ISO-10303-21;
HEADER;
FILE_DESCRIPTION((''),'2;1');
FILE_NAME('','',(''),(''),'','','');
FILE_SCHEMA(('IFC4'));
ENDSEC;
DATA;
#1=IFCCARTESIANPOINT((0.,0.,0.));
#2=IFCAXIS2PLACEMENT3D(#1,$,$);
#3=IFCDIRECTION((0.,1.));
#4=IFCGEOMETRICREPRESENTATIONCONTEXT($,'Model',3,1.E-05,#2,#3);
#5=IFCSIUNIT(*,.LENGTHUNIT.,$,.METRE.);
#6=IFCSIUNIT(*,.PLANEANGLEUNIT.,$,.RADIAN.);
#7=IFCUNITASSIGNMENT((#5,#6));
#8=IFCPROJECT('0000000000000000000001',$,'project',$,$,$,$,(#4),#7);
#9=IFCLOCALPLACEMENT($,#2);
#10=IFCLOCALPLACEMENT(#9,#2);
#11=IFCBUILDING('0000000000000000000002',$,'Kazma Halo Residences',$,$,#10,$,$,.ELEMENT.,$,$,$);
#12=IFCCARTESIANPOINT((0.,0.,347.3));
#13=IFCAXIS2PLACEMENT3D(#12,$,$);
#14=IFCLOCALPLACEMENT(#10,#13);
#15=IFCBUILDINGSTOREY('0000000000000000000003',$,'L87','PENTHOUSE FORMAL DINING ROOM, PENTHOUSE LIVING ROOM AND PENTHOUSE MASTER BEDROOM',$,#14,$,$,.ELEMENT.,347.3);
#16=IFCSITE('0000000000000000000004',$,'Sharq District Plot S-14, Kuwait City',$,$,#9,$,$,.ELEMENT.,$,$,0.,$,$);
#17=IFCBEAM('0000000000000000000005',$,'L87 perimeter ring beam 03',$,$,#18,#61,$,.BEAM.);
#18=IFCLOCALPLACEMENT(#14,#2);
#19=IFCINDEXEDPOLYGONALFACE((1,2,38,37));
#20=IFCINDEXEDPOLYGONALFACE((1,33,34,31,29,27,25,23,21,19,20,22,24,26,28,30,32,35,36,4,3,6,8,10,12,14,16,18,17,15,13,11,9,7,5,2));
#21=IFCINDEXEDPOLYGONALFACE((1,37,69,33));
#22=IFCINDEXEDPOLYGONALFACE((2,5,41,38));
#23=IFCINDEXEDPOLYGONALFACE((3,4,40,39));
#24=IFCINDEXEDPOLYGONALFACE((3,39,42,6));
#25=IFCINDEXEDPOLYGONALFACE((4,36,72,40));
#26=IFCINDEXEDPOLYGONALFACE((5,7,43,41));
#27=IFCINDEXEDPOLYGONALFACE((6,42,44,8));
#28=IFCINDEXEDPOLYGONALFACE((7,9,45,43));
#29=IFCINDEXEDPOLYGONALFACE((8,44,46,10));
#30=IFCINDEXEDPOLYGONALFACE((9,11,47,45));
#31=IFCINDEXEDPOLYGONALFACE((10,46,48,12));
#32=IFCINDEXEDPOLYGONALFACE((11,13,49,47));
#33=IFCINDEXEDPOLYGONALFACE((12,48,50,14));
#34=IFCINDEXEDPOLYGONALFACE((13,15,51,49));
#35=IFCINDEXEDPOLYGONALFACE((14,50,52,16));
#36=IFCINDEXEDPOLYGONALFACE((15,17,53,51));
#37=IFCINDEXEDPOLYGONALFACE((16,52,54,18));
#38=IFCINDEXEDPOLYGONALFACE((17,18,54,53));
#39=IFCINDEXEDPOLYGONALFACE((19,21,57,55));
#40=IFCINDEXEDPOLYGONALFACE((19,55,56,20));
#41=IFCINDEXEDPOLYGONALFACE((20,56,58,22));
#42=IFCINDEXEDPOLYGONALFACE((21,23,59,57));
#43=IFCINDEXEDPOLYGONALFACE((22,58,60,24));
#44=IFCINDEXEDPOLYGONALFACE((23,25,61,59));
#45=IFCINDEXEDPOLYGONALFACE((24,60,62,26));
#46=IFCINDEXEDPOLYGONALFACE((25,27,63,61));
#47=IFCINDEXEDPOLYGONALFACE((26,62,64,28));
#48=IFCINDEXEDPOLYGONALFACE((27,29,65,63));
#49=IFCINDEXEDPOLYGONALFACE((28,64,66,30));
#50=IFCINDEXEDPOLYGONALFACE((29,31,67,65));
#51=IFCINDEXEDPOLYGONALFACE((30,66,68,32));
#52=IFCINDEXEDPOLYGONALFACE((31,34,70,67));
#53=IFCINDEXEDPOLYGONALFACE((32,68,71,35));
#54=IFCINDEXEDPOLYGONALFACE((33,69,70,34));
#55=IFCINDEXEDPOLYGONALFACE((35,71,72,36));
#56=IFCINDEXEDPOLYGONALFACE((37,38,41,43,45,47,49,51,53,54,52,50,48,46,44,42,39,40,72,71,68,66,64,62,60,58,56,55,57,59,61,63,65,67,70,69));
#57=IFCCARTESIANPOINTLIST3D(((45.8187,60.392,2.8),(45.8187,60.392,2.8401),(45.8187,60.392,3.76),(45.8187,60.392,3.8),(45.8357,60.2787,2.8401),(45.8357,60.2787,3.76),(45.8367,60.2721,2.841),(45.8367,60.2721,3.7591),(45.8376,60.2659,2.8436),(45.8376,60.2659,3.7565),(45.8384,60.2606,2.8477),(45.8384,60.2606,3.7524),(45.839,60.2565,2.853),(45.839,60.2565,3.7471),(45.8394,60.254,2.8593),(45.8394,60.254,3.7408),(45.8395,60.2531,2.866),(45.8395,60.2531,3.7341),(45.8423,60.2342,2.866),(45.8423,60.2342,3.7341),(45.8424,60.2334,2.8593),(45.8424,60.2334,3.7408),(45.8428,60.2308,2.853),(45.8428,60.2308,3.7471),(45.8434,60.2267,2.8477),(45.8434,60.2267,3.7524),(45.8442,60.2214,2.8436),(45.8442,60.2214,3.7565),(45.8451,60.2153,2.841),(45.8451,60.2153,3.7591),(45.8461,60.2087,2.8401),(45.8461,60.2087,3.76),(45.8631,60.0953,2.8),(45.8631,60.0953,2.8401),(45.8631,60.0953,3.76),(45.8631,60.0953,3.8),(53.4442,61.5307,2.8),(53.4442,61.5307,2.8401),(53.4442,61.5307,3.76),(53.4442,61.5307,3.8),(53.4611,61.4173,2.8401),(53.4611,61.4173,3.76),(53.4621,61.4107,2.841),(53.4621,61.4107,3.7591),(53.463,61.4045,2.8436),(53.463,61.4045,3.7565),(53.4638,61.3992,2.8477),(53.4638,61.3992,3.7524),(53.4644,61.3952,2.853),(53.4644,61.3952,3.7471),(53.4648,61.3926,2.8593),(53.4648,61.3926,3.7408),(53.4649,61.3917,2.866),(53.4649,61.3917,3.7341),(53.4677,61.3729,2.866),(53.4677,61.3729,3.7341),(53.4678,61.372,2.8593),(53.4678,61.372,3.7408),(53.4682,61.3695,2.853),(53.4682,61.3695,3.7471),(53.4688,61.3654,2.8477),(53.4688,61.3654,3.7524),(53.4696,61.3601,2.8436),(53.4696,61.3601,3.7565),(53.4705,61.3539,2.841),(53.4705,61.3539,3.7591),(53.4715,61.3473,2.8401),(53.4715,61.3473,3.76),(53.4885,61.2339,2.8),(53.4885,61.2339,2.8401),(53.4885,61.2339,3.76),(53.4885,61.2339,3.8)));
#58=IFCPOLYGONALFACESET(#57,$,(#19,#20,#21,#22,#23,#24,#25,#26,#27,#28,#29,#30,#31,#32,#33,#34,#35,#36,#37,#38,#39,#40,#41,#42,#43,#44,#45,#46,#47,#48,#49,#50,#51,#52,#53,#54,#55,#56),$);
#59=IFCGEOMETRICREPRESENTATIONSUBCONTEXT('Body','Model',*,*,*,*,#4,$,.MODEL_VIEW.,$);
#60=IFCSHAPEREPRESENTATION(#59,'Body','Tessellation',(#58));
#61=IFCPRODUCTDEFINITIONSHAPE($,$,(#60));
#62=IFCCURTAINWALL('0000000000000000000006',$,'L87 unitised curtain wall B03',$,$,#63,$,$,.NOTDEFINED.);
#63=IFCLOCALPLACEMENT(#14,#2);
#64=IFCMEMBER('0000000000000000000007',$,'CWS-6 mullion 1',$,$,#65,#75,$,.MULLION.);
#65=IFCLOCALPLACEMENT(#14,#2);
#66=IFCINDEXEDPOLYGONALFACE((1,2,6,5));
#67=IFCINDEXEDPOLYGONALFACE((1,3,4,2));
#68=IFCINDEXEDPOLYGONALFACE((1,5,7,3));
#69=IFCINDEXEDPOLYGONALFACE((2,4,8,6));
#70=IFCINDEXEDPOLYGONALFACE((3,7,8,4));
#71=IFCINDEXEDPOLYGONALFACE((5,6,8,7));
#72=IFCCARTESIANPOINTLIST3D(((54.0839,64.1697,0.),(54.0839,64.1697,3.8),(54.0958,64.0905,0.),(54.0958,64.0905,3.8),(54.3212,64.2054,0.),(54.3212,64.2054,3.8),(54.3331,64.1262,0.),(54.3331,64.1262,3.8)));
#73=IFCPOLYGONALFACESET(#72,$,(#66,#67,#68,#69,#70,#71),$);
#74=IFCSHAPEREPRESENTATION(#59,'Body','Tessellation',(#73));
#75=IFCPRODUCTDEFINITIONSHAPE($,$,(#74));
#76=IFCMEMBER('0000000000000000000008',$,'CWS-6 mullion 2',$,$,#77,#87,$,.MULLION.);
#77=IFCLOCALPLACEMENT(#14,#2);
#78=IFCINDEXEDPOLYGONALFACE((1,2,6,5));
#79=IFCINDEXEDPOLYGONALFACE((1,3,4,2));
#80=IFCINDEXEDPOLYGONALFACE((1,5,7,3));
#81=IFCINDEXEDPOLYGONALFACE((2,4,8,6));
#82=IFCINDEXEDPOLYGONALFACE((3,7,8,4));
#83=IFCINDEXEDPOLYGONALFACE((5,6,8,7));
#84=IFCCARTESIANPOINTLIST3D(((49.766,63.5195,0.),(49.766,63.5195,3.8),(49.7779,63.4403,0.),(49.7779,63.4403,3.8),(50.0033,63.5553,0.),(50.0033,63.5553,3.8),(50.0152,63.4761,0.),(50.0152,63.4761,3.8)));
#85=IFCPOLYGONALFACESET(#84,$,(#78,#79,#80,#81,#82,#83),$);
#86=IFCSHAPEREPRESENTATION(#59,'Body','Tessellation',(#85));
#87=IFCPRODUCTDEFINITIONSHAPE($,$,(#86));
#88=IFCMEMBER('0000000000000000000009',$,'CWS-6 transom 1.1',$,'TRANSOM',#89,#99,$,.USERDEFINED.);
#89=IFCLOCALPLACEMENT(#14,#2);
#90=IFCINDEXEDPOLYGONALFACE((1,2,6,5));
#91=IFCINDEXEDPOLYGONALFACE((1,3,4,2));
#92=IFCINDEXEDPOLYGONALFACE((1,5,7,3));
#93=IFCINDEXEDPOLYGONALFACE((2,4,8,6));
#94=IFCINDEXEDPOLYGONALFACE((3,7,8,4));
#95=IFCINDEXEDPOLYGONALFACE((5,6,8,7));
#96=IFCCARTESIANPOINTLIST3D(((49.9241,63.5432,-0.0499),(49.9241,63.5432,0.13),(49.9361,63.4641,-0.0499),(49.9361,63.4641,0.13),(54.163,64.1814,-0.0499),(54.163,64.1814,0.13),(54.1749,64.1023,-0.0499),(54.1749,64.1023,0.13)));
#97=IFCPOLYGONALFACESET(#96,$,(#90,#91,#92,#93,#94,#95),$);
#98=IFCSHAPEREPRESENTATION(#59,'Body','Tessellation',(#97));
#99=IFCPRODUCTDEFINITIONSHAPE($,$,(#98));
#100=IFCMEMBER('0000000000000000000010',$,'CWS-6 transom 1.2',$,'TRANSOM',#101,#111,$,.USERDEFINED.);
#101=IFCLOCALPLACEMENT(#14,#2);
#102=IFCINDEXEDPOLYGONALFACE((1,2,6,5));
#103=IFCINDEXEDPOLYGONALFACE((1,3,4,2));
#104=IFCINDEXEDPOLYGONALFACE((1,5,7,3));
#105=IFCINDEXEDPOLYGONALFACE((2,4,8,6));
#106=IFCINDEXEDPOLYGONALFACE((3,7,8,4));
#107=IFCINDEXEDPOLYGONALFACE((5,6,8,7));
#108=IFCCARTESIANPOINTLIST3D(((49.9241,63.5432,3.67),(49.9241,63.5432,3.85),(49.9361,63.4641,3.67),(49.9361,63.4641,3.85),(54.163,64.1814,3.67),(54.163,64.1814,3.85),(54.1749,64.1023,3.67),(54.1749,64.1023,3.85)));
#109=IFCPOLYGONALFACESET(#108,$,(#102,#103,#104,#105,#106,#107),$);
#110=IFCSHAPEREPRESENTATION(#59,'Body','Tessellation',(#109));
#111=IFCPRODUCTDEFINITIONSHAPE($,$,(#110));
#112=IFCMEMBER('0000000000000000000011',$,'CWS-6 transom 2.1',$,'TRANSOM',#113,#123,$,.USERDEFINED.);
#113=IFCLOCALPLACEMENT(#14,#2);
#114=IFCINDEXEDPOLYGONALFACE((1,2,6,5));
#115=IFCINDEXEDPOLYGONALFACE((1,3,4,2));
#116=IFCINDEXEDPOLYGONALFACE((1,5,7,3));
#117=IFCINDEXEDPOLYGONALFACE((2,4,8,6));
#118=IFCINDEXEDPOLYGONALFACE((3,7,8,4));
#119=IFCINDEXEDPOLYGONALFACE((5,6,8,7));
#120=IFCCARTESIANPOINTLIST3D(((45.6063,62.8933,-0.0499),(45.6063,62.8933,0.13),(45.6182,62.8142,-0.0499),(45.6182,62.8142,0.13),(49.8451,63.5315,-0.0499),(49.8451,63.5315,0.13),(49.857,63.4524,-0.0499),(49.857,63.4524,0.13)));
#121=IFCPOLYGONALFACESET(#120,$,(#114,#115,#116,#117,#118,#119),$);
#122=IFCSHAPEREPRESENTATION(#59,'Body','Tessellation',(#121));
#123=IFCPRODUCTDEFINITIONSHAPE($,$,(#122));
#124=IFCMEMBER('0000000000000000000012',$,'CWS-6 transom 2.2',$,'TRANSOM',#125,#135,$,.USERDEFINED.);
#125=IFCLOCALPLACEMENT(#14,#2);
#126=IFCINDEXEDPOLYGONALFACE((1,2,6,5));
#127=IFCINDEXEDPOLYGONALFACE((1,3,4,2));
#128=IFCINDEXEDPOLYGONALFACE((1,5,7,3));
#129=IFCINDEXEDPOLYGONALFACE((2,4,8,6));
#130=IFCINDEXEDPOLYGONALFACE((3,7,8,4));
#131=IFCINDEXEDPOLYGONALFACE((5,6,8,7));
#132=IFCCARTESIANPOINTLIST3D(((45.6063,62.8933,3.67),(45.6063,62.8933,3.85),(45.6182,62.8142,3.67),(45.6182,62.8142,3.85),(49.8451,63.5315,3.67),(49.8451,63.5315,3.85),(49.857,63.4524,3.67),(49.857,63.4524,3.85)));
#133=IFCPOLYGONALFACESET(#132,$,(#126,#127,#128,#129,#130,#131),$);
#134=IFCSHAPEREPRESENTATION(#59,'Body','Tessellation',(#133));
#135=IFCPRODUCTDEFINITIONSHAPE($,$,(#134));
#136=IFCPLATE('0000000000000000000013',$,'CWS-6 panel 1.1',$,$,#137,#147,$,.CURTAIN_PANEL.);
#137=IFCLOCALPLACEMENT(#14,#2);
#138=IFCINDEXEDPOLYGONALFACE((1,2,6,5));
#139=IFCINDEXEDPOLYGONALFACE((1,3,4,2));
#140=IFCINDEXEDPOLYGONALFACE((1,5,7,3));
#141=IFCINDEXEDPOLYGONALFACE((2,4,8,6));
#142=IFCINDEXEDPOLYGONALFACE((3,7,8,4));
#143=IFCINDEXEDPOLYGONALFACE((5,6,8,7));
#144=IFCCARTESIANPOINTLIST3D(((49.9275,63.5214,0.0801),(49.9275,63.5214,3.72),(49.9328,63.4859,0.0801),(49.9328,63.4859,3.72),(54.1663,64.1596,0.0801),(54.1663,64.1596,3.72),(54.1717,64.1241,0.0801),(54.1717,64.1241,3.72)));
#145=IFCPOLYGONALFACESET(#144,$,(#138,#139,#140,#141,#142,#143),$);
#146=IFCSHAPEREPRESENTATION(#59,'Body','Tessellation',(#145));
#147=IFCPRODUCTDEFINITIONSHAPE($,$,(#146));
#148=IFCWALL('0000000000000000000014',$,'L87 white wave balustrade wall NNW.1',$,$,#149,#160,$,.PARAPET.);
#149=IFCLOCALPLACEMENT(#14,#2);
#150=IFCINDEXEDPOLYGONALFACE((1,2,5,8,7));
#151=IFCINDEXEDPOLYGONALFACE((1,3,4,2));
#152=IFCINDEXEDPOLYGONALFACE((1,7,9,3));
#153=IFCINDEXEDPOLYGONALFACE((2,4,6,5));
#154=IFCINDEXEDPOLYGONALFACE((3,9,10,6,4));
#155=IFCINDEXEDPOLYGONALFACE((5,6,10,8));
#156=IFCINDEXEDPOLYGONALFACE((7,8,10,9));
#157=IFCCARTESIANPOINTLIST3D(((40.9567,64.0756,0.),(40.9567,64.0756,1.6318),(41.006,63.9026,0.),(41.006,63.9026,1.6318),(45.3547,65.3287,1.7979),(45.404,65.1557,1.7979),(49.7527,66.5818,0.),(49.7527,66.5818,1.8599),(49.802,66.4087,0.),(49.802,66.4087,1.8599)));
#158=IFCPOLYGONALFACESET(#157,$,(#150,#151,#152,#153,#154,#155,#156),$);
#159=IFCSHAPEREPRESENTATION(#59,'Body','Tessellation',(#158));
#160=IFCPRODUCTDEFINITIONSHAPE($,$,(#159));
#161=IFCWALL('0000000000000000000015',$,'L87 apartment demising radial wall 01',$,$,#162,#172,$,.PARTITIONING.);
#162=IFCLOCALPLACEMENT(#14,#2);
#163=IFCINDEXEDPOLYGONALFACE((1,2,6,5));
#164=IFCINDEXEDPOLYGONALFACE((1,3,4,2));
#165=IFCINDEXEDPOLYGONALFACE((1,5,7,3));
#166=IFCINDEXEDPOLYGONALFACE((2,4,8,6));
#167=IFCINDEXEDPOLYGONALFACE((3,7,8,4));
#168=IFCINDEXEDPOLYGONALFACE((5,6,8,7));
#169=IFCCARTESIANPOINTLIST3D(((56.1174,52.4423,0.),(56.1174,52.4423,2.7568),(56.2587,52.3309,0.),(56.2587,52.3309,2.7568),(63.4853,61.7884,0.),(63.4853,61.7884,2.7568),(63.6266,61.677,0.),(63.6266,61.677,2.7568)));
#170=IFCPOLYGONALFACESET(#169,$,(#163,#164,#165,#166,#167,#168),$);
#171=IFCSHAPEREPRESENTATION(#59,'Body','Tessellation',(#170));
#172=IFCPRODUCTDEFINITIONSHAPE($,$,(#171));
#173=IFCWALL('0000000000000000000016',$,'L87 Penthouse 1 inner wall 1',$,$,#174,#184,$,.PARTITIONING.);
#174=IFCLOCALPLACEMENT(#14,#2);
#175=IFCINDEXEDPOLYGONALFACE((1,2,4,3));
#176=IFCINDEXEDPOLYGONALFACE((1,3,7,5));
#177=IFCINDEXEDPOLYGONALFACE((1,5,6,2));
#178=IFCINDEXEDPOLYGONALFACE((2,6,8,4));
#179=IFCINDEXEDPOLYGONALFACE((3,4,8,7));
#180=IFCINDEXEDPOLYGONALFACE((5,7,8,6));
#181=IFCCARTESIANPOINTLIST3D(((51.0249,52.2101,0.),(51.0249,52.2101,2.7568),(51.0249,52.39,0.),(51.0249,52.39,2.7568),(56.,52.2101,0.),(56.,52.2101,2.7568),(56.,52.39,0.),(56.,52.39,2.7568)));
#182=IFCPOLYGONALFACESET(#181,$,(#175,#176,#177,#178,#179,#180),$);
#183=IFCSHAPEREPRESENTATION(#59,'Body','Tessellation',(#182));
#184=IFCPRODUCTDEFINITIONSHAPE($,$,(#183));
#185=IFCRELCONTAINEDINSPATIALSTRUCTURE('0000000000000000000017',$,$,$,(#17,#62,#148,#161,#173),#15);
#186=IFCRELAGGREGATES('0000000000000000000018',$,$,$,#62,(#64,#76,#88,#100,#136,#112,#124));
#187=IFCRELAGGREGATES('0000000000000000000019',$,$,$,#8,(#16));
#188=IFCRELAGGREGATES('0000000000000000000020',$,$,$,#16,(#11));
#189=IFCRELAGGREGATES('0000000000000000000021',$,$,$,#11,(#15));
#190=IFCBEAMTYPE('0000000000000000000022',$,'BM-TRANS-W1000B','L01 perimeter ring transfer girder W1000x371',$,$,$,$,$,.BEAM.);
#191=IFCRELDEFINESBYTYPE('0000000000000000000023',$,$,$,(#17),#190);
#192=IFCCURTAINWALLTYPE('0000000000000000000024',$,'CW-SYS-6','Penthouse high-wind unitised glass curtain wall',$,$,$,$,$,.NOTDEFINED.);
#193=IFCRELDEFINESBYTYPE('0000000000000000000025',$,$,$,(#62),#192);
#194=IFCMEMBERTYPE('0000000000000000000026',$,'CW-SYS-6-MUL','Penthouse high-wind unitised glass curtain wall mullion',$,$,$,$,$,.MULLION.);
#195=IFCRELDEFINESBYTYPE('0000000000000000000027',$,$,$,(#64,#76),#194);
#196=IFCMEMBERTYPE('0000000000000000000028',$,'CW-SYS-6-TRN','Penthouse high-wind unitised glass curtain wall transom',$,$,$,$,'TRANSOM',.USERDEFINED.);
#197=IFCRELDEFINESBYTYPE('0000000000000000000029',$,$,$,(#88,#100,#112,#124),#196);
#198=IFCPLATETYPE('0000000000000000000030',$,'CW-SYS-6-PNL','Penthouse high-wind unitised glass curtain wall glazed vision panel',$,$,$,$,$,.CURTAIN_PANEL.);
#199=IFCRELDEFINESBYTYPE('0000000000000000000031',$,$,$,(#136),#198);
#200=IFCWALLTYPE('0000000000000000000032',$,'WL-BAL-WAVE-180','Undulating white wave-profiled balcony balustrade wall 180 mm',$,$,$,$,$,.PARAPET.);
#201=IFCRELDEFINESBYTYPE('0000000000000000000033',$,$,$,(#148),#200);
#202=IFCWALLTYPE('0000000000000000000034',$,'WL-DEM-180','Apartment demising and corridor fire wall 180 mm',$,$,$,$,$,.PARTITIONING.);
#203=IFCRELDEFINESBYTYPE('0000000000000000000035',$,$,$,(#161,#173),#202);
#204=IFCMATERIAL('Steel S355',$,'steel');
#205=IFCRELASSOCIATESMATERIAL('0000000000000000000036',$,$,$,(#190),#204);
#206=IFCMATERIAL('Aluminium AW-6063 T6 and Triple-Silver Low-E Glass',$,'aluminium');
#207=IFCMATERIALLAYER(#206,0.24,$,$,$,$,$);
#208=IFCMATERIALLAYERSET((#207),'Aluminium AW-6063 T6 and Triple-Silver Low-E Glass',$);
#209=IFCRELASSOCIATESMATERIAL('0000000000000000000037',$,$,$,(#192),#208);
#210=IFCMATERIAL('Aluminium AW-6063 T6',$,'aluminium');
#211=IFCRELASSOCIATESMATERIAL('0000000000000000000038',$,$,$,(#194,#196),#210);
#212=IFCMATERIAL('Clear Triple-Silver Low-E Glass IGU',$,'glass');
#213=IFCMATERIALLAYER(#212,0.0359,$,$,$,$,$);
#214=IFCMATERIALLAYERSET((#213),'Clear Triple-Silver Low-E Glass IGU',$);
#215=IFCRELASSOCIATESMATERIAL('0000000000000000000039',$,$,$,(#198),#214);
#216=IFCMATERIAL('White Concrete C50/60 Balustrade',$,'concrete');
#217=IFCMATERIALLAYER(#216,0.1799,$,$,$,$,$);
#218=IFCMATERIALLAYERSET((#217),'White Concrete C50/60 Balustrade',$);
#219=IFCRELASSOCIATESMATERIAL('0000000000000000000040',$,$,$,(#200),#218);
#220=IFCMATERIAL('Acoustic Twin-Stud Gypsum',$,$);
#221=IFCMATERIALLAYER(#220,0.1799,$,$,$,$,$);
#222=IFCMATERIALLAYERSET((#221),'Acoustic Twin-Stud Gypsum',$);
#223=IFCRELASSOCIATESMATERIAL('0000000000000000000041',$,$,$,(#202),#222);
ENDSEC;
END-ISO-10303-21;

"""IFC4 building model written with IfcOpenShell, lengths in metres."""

from ifc_helpers import new_model, si_unit, direction, frame, frame_2d, origin, origin_2d, place, context, subcontext, project, spatial, polyline, rectangle, i_section, outline, extrude, material, layer, layer_set, material_profile, profile_set, type_object, element, aggregate, save


model = new_model("IFC4")

# Units and contexts
model_context = context("Model", 3, precision=1e-05, world=origin(), true_north=direction((0.0, 1.0)))
body_context = subcontext(model_context, "Body", "Model", "MODEL_VIEW")
ifc_project = project(units=[si_unit("LENGTHUNIT", "METRE"), si_unit("PLANEANGLEUNIT", "RADIAN")], contexts=[model_context])

# Site, building, storey
site_placement = place(None, origin())
site = spatial("IfcSite", under=ifc_project, at=site_placement, Name="Sharq District Plot S-14, Kuwait City", CompositionType="ELEMENT", RefElevation=0.0)
building_placement = place(site_placement, origin())
building = spatial("IfcBuilding", under=site, at=building_placement, Name="Kazma Halo Residences", CompositionType="ELEMENT")
storey_placement = place(building_placement, frame((0.0, 0.0, 347.3)))
storey = spatial("IfcBuildingStorey", under=building, at=storey_placement, Name="L87", Description="PENTHOUSE FORMAL DINING ROOM, PENTHOUSE LIVING ROOM AND PENTHOUSE MASTER BEDROOM", CompositionType="ELEMENT", Elevation=347.3)

# Beam
ifc_material_1 = material(Name="Steel S355", Category="steel")
ifc_material_profile_1 = material_profile(ifc_material_1, i_section(OverallWidth=0.3, OverallDepth=1.0, WebThickness=0.019, FlangeThickness=0.04, FilletRadius=0.0259, at=origin_2d()), Name="W1000x371")
ifc_profile_set_1 = profile_set([ifc_material_profile_1], Name="Steel S355")
beam_type_1 = type_object("IfcBeamType", Name="BM-TRANS-W1000B", Description="L01 perimeter ring transfer girder W1000x371", PredefinedType="BEAM", material=ifc_profile_set_1)
beam_1_placement = place(storey_placement, frame((53.4663, 61.3823, 3.3), z_axis=(-0.989034, -0.147687, 0.0), x_axis=(0.147687, -0.989034, 0.0)))
element("IfcBeam", 1, at=beam_1_placement, inside=storey, type_object=beam_type_1, Name="L87 perimeter ring beam 03", PredefinedType="BEAM", context=body_context, shape_type="SweptSolid", body=[
    extrude(i_section(OverallWidth=0.3, OverallDepth=1.0, WebThickness=0.019, FlangeThickness=0.04, FilletRadius=0.0259, at=origin_2d()), origin(), (0.0, 0.0, 1.0), 7.71),
])

# Curtain wall, members, plate
ifc_material_2 = material(Name="Aluminium AW-6063 T6 and Triple-Silver Low-E Glass", Category="aluminium")
ifc_layer_1 = layer(ifc_material_2, 0.24)
ifc_layer_set_1 = layer_set([ifc_layer_1], Name="Aluminium AW-6063 T6 and Triple-Silver Low-E Glass")
curtain_wall_type = type_object("IfcCurtainWallType", Name="CW-SYS-6", Description="Penthouse high-wind unitised glass curtain wall", PredefinedType="NOTDEFINED", material=ifc_layer_set_1)
curtain_wall_placement = place(storey_placement, origin())
curtain_wall = element("IfcCurtainWall", 2, at=curtain_wall_placement, inside=storey, type_object=curtain_wall_type, Name="L87 unitised curtain wall B03", PredefinedType="NOTDEFINED")
ifc_material_3 = material(Name="Aluminium AW-6063 T6", Category="aluminium")
ifc_material_profile_2 = material_profile(ifc_material_3, rectangle(XDim=0.0801, YDim=0.24, at=origin_2d()), Name="CWM-80x240")
ifc_profile_set_2 = profile_set([ifc_material_profile_2], Name="Aluminium AW-6063 T6")
member_type_1 = type_object("IfcMemberType", Name="CW-SYS-6-MUL", Description="Penthouse high-wind unitised glass curtain wall mullion", PredefinedType="MULLION", material=ifc_profile_set_2)
member_1_placement = place(storey_placement, frame((54.2085, 64.1479, 0.0), z_axis=(0.0, 0.0, 1.0), x_axis=(0.148871, -0.988857, 0.0)))
member_1 = element("IfcMember", 3, at=member_1_placement, type_object=member_type_1, Name="CWS-6 mullion 1", PredefinedType="MULLION", context=body_context, shape_type="SweptSolid", body=[
    extrude(rectangle(XDim=0.0801, YDim=0.24, at=origin_2d()), origin(), (0.0, 0.0, 1.0), 3.8),
])
member_2_placement = place(storey_placement, frame((49.8906, 63.4978, 0.0), z_axis=(0.0, 0.0, 1.0), x_axis=(0.148871, -0.988857, 0.0)))
member_2 = element("IfcMember", 4, at=member_2_placement, type_object=member_type_1, Name="CWS-6 mullion 2", PredefinedType="MULLION", context=body_context, shape_type="SweptSolid", body=[
    extrude(rectangle(XDim=0.0801, YDim=0.24, at=origin_2d()), origin(), (0.0, 0.0, 1.0), 3.8),
])
ifc_material_profile_3 = material_profile(ifc_material_3, rectangle(XDim=0.0801, YDim=0.1799, at=origin_2d()), Name="CWT-80x180")
ifc_profile_set_3 = profile_set([ifc_material_profile_3], Name="Aluminium AW-6063 T6")
member_type_2 = type_object("IfcMemberType", Name="CW-SYS-6-TRN", Description="Penthouse high-wind unitised glass curtain wall transom", ElementType="TRANSOM", PredefinedType="USERDEFINED", material=ifc_profile_set_3)
member_3_placement = place(storey_placement, frame((54.1689, 64.1418, 0.04), z_axis=(-0.988855, -0.148881, 0.0), x_axis=(0.148881, -0.988855, 0.0)))
member_3 = element("IfcMember", 5, at=member_3_placement, type_object=member_type_2, Name="CWS-6 transom 1.1", ObjectType="TRANSOM", PredefinedType="USERDEFINED", context=body_context, shape_type="SweptSolid", body=[
    extrude(rectangle(XDim=0.0801, YDim=0.1799, at=origin_2d()), origin(), (0.0, 0.0, 1.0), 4.2866),
])
member_4_placement = place(storey_placement, frame((54.1689, 64.1418, 3.76), z_axis=(-0.988855, -0.148881, 0.0), x_axis=(0.148881, -0.988855, 0.0)))
member_4 = element("IfcMember", 6, at=member_4_placement, type_object=member_type_2, Name="CWS-6 transom 1.2", ObjectType="TRANSOM", PredefinedType="USERDEFINED", context=body_context, shape_type="SweptSolid", body=[
    extrude(rectangle(XDim=0.0801, YDim=0.1799, at=origin_2d()), origin(), (0.0, 0.0, 1.0), 4.2866),
])
member_5_placement = place(storey_placement, frame((49.8511, 63.4919, 0.04), z_axis=(-0.988855, -0.148881, 0.0), x_axis=(0.148881, -0.988855, 0.0)))
member_5 = element("IfcMember", 7, at=member_5_placement, type_object=member_type_2, Name="CWS-6 transom 2.1", ObjectType="TRANSOM", PredefinedType="USERDEFINED", context=body_context, shape_type="SweptSolid", body=[
    extrude(rectangle(XDim=0.0801, YDim=0.1799, at=origin_2d()), origin(), (0.0, 0.0, 1.0), 4.2866),
])
member_6_placement = place(storey_placement, frame((49.8511, 63.4919, 3.76), z_axis=(-0.988855, -0.148881, 0.0), x_axis=(0.148881, -0.988855, 0.0)))
member_6 = element("IfcMember", 8, at=member_6_placement, type_object=member_type_2, Name="CWS-6 transom 2.2", ObjectType="TRANSOM", PredefinedType="USERDEFINED", context=body_context, shape_type="SweptSolid", body=[
    extrude(rectangle(XDim=0.0801, YDim=0.1799, at=origin_2d()), origin(), (0.0, 0.0, 1.0), 4.2866),
])
ifc_material_4 = material(Name="Clear Triple-Silver Low-E Glass IGU", Category="glass")
ifc_layer_2 = layer(ifc_material_4, 0.0359)
ifc_layer_set_2 = layer_set([ifc_layer_2], Name="Clear Triple-Silver Low-E Glass IGU")
plate_type = type_object("IfcPlateType", Name="CW-SYS-6-PNL", Description="Penthouse high-wind unitised glass curtain wall glazed vision panel", PredefinedType="CURTAIN_PANEL", material=ifc_layer_set_2)
plate_placement = place(storey_placement, frame((52.0496, 63.8228, 0.0801), z_axis=(0.0, 0.0, 1.0), x_axis=(-0.988857, -0.148871, 0.0)))
plate = element("IfcPlate", 9, at=plate_placement, type_object=plate_type, Name="CWS-6 panel 1.1", PredefinedType="CURTAIN_PANEL", context=body_context, shape_type="SweptSolid", body=[
    extrude(rectangle(XDim=4.2866, YDim=0.0359, at=origin_2d()), origin(), (0.0, 0.0, 1.0), 3.6399),
])
aggregate(curtain_wall, [member_1, member_2, member_3, member_4, plate, member_5, member_6])

# Walls
ifc_material_5 = material(Name="White Concrete C50/60 Balustrade", Category="concrete")
ifc_layer_3 = layer(ifc_material_5, 0.1799)
ifc_layer_set_3 = layer_set([ifc_layer_3], Name="White Concrete C50/60 Balustrade")
wall_type_1 = type_object("IfcWallType", Name="WL-BAL-WAVE-180", Description="Undulating white wave-profiled balcony balustrade wall 180 mm", PredefinedType="PARAPET", material=ifc_layer_set_3)
wall_1_placement = place(storey_placement, frame((49.7773, 66.4951, 0.0), z_axis=(0.0, 0.0, 1.0), x_axis=(-0.961726, -0.274012, 0.0)))
element("IfcWall", 10, at=wall_1_placement, inside=storey, type_object=wall_type_1, Name="L87 white wave balustrade wall NNW.1", PredefinedType="PARAPET", context=body_context, shape_type="SweptSolid", body=[
    extrude(outline(polyline([(0.0, 0.0), (9.146, 0.0), (9.146, 1.6318), (4.573, 1.7979), (0.0, 1.8599), (0.0, 0.0)])), frame((0.0, 0.0898, 0.0), z_axis=(0.0, -1.0, 0.0), x_axis=(1.0, 0.0, 0.0)), (0.0, 0.0, 1.0), 0.1799),
])
ifc_material_6 = material(Name="Acoustic Twin-Stud Gypsum")
ifc_layer_4 = layer(ifc_material_6, 0.1799)
ifc_layer_set_4 = layer_set([ifc_layer_4], Name="Acoustic Twin-Stud Gypsum")
wall_type_2 = type_object("IfcWallType", Name="WL-DEM-180", Description="Apartment demising and corridor fire wall 180 mm", PredefinedType="PARTITIONING", material=ifc_layer_set_4)
wall_2_placement = place(storey_placement, frame((56.188, 52.3865, 0.0), z_axis=(0.0, 0.0, 1.0), x_axis=(0.619093, 0.785318, 0.0)))
element("IfcWall", 11, at=wall_2_placement, inside=storey, type_object=wall_type_2, Name="L87 apartment demising radial wall 01", PredefinedType="PARTITIONING", context=body_context, shape_type="SweptSolid", body=[
    extrude(rectangle(XDim=11.9011, YDim=0.1799, at=frame_2d((5.9507, 0.0))), origin(), (0.0, 0.0, 1.0), 2.7568),
])
wall_3_placement = place(storey_placement, frame((56.0, 52.3, 0.0), z_axis=(0.0, 0.0, 1.0), x_axis=(-1.0, 0.0, 0.0)))
element("IfcWall", 12, at=wall_3_placement, inside=storey, type_object=wall_type_2, Name="L87 Penthouse 1 inner wall 1", PredefinedType="PARTITIONING", context=body_context, shape_type="SweptSolid", body=[
    extrude(rectangle(XDim=4.9751, YDim=0.1799, at=frame_2d((2.4875, 0.0))), origin(), (0.0, 0.0, 1.0), 2.7568),
])

save(model, "model.ifc")
